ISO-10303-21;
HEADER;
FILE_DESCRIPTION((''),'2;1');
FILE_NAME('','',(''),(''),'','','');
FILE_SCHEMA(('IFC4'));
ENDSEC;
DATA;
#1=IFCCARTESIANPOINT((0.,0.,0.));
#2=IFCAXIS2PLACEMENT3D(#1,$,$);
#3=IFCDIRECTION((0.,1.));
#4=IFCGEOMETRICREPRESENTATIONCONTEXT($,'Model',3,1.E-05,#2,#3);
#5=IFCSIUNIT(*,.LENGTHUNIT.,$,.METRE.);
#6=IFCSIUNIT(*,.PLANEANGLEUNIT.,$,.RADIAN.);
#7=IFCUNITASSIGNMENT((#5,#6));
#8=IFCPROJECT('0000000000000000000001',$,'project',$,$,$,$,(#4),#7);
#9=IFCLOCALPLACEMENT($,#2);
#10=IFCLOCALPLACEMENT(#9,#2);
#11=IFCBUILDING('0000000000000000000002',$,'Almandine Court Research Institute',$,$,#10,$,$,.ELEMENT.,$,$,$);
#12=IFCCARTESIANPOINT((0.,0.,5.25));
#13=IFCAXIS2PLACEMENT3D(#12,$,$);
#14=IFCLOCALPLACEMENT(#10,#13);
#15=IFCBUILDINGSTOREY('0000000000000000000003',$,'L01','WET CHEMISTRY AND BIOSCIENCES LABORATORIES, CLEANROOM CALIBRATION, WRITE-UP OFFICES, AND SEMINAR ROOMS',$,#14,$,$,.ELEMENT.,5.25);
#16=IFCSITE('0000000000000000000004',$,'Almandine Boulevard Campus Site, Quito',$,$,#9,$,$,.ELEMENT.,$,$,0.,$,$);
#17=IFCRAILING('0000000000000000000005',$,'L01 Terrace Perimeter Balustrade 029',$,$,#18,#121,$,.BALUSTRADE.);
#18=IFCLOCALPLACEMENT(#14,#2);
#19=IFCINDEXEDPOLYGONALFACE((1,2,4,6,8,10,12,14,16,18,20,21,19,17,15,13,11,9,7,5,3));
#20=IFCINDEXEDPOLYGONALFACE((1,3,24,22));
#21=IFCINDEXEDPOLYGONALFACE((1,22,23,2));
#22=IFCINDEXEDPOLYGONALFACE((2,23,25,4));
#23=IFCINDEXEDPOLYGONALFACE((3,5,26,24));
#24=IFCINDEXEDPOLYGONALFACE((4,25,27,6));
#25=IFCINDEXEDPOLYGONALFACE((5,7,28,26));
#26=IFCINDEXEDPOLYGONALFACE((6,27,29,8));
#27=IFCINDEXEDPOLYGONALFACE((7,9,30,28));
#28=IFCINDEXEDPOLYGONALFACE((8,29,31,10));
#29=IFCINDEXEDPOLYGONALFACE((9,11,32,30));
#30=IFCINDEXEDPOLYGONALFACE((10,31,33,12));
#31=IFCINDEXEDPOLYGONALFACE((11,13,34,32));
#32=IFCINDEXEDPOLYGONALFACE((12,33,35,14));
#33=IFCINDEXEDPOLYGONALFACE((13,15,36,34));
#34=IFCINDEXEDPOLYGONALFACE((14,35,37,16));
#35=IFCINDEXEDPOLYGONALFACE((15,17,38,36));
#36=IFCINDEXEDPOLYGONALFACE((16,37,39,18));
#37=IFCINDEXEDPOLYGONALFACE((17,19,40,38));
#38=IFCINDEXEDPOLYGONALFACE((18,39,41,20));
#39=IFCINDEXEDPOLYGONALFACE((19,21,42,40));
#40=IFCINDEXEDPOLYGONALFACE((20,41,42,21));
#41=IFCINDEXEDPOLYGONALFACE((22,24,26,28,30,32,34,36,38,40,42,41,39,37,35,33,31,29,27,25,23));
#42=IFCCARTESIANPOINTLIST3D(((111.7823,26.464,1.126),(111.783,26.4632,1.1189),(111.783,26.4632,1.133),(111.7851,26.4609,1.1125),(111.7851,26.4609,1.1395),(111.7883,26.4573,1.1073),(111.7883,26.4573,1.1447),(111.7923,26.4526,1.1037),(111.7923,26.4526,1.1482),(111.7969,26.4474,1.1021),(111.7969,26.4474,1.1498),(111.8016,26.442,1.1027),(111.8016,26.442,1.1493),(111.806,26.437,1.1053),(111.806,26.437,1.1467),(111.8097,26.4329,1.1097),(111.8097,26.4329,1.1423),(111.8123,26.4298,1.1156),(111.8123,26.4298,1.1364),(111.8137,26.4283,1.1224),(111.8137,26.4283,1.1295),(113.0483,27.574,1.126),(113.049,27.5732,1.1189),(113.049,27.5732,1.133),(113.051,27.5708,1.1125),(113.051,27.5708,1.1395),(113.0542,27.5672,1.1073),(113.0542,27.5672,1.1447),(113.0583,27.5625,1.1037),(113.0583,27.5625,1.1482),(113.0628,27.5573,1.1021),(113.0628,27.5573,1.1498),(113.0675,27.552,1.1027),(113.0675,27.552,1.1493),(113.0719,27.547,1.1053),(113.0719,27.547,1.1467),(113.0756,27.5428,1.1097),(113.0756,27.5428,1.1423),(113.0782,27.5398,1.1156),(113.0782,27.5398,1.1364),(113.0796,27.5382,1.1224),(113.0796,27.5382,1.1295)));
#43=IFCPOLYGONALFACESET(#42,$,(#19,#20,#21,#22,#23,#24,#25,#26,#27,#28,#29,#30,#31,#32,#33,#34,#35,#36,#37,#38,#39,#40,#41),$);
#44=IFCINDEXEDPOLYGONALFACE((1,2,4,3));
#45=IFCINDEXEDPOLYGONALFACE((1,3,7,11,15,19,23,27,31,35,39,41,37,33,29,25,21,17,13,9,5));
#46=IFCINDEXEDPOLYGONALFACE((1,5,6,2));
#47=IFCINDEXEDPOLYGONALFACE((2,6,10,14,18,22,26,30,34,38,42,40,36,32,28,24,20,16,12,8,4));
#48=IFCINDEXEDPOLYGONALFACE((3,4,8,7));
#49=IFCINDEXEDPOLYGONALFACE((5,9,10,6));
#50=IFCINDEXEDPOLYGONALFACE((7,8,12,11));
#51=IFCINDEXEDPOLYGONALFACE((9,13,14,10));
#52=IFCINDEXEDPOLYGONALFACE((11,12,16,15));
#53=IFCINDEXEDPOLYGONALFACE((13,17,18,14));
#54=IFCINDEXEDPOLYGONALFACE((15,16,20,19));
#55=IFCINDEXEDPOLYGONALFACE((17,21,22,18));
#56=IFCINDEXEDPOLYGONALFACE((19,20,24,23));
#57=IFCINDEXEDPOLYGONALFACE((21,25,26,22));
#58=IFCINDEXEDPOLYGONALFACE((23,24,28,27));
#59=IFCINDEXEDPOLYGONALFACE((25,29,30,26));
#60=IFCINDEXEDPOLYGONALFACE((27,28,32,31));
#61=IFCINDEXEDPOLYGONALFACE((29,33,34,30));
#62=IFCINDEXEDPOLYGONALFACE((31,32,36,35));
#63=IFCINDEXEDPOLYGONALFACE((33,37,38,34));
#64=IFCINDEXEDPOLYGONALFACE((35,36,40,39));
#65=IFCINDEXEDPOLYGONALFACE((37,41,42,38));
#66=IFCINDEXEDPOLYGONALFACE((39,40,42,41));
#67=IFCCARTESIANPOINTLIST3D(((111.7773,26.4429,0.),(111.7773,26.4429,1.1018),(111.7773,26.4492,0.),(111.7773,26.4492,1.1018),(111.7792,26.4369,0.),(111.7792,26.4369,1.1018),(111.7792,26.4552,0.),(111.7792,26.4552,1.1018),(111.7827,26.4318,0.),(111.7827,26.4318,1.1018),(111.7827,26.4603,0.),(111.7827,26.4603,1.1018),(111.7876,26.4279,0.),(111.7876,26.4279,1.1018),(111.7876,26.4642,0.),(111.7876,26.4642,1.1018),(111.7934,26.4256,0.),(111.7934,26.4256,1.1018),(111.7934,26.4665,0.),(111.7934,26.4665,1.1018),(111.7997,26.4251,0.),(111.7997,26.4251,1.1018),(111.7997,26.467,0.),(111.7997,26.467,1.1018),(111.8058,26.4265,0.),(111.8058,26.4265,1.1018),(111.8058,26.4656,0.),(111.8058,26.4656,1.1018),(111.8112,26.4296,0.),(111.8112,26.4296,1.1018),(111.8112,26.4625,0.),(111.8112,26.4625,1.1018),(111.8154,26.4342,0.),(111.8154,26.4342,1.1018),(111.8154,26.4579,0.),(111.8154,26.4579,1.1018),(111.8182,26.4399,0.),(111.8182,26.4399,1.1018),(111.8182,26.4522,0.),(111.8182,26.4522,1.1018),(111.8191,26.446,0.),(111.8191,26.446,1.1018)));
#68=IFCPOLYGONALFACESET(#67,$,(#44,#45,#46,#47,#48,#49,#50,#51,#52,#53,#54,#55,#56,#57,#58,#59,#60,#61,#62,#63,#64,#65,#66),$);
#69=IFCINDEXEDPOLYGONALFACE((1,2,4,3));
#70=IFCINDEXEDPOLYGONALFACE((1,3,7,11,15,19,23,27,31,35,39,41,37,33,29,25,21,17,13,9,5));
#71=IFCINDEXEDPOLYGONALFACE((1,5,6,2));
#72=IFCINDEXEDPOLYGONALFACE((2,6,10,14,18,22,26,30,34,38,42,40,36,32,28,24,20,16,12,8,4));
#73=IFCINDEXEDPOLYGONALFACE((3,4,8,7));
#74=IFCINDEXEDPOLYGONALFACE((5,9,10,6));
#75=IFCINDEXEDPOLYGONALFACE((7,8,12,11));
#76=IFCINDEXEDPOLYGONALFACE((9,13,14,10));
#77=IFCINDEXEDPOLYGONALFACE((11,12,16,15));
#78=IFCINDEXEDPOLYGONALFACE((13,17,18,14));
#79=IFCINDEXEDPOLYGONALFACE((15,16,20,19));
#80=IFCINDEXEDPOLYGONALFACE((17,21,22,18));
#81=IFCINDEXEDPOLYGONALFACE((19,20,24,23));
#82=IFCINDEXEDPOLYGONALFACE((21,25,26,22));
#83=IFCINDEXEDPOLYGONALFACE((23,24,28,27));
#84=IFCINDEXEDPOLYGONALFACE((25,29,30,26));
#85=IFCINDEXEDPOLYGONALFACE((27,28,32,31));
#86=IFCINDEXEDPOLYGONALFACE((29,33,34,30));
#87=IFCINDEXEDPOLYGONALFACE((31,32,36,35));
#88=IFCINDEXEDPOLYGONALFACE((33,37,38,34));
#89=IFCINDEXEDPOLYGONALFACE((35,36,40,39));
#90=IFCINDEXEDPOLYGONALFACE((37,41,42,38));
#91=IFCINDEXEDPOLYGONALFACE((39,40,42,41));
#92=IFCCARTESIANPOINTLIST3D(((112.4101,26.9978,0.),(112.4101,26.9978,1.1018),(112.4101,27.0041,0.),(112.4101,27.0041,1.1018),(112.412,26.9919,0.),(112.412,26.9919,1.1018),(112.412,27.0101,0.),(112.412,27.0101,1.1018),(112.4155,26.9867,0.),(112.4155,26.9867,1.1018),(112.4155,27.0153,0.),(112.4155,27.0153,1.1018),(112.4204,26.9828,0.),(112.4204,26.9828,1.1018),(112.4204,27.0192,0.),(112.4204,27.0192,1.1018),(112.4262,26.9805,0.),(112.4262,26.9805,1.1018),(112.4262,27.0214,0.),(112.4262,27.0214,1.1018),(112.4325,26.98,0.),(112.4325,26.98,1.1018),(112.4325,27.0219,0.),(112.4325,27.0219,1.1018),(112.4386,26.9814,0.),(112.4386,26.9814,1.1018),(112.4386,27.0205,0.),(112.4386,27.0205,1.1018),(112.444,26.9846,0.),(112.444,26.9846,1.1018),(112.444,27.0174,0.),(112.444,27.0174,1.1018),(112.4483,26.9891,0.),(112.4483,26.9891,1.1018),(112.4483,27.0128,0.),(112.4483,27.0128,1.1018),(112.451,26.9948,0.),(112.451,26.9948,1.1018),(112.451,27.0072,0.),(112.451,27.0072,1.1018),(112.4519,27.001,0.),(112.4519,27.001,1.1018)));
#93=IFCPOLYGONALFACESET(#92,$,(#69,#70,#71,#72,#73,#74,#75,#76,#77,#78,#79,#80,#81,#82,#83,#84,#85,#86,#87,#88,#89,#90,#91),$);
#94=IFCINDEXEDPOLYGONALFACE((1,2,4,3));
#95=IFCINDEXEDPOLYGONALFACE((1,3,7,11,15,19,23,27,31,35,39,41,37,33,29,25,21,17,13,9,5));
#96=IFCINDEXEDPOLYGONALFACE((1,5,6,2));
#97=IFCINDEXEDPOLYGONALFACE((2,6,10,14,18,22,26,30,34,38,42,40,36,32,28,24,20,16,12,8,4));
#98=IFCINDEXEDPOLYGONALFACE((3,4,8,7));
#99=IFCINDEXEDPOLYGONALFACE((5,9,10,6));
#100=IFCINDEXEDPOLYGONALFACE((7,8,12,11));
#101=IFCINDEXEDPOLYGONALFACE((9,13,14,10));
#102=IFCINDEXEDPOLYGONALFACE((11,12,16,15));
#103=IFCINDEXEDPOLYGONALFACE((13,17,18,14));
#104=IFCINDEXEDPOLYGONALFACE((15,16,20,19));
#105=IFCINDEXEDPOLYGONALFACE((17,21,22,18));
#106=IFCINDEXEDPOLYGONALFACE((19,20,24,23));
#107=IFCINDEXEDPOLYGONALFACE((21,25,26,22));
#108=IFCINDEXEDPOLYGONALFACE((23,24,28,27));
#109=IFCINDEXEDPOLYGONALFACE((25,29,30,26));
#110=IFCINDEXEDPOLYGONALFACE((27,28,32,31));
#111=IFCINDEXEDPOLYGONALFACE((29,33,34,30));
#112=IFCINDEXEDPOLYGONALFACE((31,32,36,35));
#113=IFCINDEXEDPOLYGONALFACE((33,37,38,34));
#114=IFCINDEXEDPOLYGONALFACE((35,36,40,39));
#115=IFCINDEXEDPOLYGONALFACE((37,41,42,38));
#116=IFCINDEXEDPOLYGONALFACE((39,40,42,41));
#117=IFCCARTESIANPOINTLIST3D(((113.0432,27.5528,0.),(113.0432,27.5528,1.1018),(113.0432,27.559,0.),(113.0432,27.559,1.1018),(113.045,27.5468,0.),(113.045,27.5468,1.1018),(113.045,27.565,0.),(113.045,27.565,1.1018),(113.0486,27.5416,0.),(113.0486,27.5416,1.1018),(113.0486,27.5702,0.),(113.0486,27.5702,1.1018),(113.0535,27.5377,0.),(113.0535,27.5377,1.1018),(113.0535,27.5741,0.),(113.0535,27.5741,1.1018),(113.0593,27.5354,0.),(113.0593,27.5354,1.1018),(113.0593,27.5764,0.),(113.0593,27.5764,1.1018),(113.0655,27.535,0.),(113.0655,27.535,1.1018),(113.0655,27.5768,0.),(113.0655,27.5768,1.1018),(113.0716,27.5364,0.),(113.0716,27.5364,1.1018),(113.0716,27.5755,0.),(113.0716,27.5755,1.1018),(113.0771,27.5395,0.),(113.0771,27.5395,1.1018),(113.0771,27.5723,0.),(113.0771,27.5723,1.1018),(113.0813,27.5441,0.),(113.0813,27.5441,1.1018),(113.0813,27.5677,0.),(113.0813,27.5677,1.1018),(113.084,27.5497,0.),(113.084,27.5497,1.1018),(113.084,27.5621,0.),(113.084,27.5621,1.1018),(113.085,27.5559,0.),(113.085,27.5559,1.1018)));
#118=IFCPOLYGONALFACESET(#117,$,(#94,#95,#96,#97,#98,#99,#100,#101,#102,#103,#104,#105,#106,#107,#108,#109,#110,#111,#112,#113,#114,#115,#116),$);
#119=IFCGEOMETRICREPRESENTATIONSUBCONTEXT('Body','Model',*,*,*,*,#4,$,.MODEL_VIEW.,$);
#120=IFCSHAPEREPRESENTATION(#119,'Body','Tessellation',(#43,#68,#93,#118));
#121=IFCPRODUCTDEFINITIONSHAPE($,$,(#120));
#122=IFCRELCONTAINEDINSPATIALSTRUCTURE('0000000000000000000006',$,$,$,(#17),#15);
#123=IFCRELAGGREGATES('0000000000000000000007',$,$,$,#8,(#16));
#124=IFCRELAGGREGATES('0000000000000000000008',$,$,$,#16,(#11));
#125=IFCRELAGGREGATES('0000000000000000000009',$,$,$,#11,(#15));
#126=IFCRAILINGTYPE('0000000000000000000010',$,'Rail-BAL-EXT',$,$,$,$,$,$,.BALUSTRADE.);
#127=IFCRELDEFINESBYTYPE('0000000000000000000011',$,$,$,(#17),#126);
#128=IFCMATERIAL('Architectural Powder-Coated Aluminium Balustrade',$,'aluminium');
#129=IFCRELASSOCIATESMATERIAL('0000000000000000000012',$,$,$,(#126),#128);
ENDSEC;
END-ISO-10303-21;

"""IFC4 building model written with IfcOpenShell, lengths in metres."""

from ifc_helpers import new_model, si_unit, direction, frame, origin, origin_2d, place, context, subcontext, project, spatial, circle, extrude, material, type_object, element, save


model = new_model("IFC4")

# Units and contexts
model_context = context("Model", 3, precision=1e-05, world=origin(), true_north=direction((0.0, 1.0)))
body_context = subcontext(model_context, "Body", "Model", "MODEL_VIEW")
ifc_project = project(units=[si_unit("LENGTHUNIT", "METRE"), si_unit("PLANEANGLEUNIT", "RADIAN")], contexts=[model_context])

# Site, building, storey
site_placement = place(None, origin())
site = spatial("IfcSite", under=ifc_project, at=site_placement, Name="Almandine Boulevard Campus Site, Quito", CompositionType="ELEMENT", RefElevation=0.0)
building_placement = place(site_placement, origin())
building = spatial("IfcBuilding", under=site, at=building_placement, Name="Almandine Court Research Institute", CompositionType="ELEMENT")
storey_placement = place(building_placement, frame((0.0, 0.0, 5.25)))
storey = spatial("IfcBuildingStorey", under=building, at=storey_placement, Name="L01", Description="WET CHEMISTRY AND BIOSCIENCES LABORATORIES, CLEANROOM CALIBRATION, WRITE-UP OFFICES, AND SEMINAR ROOMS", CompositionType="ELEMENT", Elevation=5.25)

# Railing
ifc_material_1 = material(Name="Architectural Powder-Coated Aluminium Balustrade", Category="aluminium")
railing_type = type_object("IfcRailingType", Name="Rail-BAL-EXT", PredefinedType="BALUSTRADE", material=ifc_material_1)
railing_1_placement = place(storey_placement, frame((111.7981, 26.446, 0.0)))
element("IfcRailing", 1, at=railing_1_placement, inside=storey, type_object=railing_type, Name="L01 Terrace Perimeter Balustrade 029", PredefinedType="BALUSTRADE", context=body_context, shape_type="SweptSolid", body=[
    extrude(circle(Radius=0.0239, at=origin_2d()), frame((0.0, 0.0, 1.126), z_axis=(0.751921, 0.659254, 0.0), x_axis=(-0.659254, 0.751921, 0.0)), (0.0, 0.0, 1.0), 1.6836),
    extrude(circle(Radius=0.021, at=origin_2d()), origin(), (0.0, 0.0, 1.0), 1.1018),
    extrude(circle(Radius=0.021, at=origin_2d()), frame((0.6328, 0.5549, 0.0)), (0.0, 0.0, 1.0), 1.1018),
    extrude(circle(Radius=0.021, at=origin_2d()), frame((1.2659, 1.1099, 0.0)), (0.0, 0.0, 1.0), 1.1018),
])

save(model, "model.ifc")
